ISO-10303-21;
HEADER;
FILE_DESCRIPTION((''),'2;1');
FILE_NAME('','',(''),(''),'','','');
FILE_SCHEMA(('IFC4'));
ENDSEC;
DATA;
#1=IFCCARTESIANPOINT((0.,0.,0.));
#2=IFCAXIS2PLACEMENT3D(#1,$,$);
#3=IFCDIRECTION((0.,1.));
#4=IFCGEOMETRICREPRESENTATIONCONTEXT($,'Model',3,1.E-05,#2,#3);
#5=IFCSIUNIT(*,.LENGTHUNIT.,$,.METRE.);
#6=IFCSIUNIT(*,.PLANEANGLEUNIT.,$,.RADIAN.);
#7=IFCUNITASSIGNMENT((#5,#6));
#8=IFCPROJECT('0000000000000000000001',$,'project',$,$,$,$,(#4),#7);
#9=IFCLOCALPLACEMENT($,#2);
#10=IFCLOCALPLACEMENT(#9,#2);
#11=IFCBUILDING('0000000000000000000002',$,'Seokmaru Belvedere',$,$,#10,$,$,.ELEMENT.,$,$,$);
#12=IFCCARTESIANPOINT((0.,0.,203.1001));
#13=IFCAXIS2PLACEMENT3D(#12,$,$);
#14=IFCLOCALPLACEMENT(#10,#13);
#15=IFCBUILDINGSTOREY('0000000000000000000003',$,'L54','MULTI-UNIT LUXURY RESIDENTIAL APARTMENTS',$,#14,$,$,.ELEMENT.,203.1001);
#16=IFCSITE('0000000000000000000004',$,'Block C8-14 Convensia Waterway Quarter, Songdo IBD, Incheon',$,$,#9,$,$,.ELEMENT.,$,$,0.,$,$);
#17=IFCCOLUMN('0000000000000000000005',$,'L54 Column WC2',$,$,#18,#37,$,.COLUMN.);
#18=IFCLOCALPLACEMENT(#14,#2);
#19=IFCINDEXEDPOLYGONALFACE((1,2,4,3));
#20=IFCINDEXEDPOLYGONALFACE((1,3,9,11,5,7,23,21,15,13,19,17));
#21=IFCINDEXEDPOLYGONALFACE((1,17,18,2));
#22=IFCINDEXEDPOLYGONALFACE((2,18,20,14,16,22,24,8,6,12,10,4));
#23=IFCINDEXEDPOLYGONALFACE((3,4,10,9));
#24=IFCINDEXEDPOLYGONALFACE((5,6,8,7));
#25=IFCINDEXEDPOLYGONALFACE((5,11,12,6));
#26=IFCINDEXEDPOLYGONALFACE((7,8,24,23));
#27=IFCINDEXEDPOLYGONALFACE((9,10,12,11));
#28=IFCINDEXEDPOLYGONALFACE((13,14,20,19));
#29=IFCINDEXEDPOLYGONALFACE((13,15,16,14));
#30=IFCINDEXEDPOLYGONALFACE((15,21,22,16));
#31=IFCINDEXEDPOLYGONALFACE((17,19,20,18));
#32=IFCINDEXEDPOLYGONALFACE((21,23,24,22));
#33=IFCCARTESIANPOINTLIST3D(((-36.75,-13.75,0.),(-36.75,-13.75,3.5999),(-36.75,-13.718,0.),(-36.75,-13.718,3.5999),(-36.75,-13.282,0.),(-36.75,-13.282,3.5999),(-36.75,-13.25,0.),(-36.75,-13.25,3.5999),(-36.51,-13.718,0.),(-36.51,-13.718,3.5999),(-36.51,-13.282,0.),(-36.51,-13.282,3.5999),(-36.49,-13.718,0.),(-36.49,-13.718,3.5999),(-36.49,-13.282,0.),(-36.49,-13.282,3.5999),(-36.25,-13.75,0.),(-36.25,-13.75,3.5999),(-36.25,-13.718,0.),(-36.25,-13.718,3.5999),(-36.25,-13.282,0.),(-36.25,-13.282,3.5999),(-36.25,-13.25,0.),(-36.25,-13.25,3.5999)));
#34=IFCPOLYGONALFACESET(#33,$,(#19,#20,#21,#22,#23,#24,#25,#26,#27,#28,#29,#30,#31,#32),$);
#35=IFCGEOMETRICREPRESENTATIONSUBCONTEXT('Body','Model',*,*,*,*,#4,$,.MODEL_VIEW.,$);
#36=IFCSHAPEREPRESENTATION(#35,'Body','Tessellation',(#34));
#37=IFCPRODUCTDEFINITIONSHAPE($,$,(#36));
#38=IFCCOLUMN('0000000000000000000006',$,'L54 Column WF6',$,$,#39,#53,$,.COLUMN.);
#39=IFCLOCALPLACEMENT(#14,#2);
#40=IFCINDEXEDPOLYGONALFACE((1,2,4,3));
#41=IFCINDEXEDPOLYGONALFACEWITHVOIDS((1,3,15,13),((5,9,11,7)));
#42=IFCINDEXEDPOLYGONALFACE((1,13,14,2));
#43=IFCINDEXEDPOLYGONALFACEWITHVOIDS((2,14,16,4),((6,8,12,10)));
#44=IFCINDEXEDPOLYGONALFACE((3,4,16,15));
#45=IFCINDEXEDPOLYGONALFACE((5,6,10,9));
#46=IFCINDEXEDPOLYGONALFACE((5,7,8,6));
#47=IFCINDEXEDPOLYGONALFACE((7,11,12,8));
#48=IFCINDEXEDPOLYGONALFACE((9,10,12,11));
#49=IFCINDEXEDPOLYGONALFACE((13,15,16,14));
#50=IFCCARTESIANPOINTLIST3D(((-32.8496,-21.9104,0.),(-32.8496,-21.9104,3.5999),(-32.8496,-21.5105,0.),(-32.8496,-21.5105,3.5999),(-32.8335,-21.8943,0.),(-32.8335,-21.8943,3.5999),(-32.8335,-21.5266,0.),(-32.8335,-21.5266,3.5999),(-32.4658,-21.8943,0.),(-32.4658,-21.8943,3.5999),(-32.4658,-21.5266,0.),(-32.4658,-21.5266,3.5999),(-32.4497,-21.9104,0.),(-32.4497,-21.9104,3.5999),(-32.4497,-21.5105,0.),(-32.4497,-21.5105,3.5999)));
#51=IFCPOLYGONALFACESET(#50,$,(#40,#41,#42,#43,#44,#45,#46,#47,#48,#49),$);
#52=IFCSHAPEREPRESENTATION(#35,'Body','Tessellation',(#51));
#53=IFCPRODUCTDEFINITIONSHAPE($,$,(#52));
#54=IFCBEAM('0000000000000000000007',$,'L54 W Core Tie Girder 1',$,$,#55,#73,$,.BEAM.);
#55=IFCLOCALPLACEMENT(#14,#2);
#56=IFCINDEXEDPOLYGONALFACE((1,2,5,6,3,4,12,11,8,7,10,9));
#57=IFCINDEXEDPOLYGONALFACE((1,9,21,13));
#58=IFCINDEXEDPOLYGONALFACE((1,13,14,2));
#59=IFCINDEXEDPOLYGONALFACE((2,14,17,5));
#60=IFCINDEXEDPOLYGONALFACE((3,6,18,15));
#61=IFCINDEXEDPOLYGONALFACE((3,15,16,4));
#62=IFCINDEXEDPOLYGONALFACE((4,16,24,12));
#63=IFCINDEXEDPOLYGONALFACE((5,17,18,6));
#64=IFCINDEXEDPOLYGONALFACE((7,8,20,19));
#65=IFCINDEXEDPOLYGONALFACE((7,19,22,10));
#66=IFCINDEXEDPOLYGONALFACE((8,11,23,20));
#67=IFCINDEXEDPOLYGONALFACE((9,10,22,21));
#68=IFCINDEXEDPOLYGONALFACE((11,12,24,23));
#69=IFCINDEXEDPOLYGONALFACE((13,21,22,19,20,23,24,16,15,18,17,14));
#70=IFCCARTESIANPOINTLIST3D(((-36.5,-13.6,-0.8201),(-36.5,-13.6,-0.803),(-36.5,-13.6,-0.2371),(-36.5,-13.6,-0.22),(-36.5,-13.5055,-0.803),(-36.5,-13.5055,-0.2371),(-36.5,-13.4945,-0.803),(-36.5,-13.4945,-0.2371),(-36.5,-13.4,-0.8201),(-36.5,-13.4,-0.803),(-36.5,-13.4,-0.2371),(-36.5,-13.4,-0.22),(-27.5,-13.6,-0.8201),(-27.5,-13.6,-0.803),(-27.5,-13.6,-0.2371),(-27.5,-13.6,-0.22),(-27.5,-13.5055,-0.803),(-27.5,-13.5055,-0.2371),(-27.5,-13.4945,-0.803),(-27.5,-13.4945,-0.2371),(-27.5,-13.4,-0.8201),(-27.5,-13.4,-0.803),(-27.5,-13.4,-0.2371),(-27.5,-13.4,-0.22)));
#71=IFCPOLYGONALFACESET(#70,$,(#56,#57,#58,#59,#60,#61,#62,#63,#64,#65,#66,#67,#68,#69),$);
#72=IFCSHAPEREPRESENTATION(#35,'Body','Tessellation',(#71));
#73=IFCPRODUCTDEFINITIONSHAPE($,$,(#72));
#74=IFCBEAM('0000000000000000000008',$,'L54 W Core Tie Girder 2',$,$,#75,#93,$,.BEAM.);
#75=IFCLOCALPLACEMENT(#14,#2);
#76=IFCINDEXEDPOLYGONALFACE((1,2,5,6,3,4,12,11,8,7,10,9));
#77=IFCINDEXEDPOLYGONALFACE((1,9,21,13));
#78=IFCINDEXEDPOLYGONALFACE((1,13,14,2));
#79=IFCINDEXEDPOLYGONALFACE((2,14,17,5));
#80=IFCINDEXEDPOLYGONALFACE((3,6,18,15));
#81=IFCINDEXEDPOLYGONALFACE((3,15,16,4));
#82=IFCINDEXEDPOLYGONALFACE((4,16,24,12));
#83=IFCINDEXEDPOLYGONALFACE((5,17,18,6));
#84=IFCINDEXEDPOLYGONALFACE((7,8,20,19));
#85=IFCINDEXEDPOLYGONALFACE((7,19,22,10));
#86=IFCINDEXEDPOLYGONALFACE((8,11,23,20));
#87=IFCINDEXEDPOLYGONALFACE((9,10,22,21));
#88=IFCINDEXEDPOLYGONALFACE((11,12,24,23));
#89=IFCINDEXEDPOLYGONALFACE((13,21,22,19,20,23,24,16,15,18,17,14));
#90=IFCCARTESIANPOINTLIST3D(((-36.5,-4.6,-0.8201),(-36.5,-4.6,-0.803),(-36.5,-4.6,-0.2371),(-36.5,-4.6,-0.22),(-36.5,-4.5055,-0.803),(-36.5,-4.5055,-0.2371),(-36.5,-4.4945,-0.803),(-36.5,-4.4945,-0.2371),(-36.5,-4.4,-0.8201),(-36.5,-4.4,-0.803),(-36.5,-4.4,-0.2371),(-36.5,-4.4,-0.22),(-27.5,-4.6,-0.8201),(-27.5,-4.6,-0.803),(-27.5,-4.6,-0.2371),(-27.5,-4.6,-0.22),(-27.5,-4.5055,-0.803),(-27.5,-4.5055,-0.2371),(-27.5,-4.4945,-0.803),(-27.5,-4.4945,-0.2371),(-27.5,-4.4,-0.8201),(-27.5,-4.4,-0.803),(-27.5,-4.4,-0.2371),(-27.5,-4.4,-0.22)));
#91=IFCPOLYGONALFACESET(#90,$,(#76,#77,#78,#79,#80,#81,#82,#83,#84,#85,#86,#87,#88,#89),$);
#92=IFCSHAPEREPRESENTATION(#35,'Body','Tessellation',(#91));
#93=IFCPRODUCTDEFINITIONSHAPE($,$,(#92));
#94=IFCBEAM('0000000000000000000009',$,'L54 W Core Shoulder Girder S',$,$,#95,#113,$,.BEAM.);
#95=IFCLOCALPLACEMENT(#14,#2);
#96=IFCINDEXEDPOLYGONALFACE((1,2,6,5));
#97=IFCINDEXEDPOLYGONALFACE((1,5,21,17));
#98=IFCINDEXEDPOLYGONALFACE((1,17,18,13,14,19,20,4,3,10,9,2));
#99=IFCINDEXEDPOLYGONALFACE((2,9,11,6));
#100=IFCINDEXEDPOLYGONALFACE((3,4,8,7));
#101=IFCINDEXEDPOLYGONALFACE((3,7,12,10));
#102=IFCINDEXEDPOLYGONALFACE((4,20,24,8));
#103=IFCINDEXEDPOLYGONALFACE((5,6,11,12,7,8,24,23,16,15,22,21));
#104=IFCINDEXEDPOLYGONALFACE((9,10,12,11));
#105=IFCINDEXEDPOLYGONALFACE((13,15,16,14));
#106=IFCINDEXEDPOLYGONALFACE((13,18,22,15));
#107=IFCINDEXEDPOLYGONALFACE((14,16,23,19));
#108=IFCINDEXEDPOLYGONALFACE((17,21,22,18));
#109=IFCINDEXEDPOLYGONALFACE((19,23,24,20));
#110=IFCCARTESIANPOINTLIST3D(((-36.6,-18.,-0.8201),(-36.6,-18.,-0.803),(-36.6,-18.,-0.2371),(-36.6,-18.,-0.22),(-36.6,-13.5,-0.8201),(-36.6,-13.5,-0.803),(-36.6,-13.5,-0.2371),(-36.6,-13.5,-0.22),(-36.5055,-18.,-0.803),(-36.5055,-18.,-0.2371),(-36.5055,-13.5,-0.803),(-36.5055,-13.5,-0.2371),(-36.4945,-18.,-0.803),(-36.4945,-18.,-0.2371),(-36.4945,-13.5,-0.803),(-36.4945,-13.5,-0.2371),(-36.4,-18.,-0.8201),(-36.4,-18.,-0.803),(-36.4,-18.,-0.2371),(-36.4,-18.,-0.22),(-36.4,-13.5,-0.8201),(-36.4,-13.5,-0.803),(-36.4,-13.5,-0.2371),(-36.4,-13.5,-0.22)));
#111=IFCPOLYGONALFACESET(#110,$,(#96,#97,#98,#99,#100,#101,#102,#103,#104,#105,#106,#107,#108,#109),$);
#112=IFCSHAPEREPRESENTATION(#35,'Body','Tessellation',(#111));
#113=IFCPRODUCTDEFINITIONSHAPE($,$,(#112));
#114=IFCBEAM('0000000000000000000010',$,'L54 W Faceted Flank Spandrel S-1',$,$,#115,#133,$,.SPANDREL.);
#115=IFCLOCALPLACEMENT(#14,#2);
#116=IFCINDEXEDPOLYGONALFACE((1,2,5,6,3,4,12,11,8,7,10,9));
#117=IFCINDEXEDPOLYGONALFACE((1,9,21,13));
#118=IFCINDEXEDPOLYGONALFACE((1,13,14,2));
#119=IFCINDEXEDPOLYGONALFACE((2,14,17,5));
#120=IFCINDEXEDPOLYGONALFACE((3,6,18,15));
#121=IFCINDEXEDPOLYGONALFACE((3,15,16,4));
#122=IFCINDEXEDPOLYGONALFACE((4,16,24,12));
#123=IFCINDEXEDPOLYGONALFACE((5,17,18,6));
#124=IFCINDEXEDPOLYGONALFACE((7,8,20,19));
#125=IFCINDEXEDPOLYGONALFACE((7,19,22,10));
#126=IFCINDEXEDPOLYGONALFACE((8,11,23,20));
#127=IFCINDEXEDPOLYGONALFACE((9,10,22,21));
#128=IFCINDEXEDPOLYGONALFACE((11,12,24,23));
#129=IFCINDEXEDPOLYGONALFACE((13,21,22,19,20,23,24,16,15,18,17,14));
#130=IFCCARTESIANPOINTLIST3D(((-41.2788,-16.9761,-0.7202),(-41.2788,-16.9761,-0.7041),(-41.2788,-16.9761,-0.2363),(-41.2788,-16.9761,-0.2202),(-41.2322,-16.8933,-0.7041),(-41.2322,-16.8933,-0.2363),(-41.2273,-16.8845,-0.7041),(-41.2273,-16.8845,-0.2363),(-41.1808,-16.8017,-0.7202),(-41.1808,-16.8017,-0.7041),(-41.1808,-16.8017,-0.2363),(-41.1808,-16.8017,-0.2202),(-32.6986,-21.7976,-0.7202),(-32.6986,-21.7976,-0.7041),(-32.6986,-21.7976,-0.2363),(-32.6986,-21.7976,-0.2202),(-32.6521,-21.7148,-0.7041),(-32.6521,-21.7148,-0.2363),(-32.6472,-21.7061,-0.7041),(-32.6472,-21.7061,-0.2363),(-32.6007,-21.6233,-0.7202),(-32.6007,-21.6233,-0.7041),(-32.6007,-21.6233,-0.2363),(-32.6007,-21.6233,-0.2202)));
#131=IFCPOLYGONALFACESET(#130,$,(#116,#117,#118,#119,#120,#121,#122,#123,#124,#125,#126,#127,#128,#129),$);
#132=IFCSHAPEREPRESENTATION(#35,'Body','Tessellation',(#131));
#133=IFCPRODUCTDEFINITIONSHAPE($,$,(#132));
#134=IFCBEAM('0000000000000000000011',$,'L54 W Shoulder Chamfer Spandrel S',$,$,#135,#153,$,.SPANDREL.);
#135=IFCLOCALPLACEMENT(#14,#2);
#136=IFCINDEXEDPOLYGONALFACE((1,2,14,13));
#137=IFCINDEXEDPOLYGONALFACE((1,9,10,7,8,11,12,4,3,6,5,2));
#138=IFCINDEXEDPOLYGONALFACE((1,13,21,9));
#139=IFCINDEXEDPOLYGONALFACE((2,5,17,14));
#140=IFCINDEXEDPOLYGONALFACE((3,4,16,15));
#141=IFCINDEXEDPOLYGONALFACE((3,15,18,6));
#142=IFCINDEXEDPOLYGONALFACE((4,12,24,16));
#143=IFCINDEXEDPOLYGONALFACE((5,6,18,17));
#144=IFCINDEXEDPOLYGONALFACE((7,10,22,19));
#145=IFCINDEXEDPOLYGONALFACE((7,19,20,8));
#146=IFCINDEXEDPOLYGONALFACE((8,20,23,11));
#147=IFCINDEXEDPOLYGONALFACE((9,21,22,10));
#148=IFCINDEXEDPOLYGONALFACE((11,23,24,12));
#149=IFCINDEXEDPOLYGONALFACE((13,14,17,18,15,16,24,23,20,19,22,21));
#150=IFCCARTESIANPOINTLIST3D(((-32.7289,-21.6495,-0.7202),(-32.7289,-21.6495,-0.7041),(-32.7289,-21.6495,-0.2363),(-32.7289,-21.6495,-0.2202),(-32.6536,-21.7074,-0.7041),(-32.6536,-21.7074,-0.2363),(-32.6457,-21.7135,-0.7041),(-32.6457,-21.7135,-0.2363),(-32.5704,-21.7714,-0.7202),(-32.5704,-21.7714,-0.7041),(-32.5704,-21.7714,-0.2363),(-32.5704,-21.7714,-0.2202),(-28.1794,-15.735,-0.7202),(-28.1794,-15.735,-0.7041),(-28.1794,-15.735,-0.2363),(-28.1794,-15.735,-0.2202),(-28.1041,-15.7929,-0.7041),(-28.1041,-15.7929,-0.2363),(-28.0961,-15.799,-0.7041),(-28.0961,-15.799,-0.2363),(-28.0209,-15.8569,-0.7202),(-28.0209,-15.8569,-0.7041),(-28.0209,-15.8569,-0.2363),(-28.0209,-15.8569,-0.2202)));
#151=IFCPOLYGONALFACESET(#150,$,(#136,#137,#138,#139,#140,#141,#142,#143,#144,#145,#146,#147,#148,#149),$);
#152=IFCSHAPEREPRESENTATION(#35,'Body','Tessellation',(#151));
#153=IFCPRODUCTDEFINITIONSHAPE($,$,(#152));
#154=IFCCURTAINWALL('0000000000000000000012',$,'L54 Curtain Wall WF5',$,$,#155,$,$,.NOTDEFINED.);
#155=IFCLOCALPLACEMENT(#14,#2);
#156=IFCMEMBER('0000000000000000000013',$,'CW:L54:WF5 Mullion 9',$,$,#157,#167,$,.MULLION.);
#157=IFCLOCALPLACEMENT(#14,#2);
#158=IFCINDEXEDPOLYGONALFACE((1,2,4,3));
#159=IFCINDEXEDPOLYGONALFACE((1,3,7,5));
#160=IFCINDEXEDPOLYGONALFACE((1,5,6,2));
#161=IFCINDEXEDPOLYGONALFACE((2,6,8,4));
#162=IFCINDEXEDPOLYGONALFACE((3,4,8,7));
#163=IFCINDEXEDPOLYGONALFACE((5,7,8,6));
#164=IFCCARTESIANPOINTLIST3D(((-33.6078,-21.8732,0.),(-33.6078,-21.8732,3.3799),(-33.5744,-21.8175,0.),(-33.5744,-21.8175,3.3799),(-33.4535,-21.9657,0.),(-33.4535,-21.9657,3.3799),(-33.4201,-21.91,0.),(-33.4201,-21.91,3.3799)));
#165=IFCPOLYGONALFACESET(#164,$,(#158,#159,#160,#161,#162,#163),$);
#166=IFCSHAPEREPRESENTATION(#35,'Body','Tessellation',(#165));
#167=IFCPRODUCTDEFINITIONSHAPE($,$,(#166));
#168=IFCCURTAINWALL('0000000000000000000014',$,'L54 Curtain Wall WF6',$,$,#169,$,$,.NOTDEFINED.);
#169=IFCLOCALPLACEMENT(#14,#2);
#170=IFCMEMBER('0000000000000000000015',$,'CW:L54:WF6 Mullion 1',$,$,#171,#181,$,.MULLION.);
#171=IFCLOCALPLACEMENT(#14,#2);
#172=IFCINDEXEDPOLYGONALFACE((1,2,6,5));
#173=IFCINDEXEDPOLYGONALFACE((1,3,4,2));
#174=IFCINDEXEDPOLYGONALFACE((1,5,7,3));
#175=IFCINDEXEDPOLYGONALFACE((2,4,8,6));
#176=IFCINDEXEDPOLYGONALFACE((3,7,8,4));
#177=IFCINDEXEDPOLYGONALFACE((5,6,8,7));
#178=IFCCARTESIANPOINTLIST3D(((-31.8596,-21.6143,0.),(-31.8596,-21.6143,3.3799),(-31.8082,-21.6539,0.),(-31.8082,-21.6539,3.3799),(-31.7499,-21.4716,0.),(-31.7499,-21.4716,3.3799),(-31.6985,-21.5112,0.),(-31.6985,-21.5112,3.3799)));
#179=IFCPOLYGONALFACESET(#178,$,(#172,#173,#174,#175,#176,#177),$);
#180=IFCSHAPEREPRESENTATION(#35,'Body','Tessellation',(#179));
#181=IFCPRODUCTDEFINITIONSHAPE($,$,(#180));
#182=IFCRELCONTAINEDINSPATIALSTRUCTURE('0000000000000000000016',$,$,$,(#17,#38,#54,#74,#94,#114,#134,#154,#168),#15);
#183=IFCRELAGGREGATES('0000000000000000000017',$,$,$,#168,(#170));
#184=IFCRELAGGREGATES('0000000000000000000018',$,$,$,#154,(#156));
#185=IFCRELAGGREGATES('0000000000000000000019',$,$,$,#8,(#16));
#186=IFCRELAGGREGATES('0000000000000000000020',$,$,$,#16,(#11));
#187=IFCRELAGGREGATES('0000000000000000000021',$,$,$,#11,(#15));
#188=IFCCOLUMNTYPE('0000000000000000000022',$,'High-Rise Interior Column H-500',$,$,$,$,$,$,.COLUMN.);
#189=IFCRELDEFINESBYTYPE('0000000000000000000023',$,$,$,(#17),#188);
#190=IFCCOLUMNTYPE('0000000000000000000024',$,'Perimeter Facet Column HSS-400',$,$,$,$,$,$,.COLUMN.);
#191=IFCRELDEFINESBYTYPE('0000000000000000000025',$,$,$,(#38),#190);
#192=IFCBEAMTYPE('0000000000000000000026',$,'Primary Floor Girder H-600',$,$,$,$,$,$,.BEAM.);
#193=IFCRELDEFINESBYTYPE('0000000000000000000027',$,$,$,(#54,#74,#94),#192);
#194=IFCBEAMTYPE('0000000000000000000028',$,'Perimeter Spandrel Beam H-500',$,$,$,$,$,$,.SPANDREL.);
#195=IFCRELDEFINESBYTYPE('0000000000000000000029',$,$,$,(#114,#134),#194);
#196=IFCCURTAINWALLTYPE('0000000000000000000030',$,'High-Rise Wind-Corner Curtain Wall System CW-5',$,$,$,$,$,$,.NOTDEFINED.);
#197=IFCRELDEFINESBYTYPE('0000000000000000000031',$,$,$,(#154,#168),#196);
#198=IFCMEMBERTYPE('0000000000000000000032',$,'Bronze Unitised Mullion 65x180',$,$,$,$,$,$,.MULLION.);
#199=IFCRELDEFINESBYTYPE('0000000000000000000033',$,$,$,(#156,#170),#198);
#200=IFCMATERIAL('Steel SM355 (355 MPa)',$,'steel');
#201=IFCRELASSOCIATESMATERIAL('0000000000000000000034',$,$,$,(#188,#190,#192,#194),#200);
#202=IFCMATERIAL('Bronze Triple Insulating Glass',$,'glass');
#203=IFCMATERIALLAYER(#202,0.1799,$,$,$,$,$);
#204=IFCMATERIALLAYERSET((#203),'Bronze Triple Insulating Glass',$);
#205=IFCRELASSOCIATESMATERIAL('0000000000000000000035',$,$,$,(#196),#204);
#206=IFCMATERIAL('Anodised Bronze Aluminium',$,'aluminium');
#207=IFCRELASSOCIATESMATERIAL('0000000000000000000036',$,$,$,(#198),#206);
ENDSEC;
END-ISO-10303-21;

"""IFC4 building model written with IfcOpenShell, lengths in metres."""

from ifc_helpers import new_model, si_unit, direction, frame, origin, origin_2d, place, context, subcontext, project, spatial, rectangle, hollow_rectangle, i_section, extrude, source, transform, mapped, material, layer, layer_set, material_profile, profile_set, type_object, type_shapes, element, aggregate, save


model = new_model("IFC4")

# Units and contexts
model_context = context("Model", 3, precision=1e-05, world=origin(), true_north=direction((0.0, 1.0)))
body_context = subcontext(model_context, "Body", "Model", "MODEL_VIEW")
ifc_project = project(units=[si_unit("LENGTHUNIT", "METRE"), si_unit("PLANEANGLEUNIT", "RADIAN")], contexts=[model_context])

# Site, building, storey
site_placement = place(None, origin())
site = spatial("IfcSite", under=ifc_project, at=site_placement, Name="Block C8-14 Convensia Waterway Quarter, Songdo IBD, Incheon", CompositionType="ELEMENT", RefElevation=0.0)
building_placement = place(site_placement, origin())
building = spatial("IfcBuilding", under=site, at=building_placement, Name="Seokmaru Belvedere", CompositionType="ELEMENT")
storey_placement = place(building_placement, frame((0.0, 0.0, 203.1001)))
storey = spatial("IfcBuildingStorey", under=building, at=storey_placement, Name="L54", Description="MULTI-UNIT LUXURY RESIDENTIAL APARTMENTS", CompositionType="ELEMENT", Elevation=203.1001)

# Columns
ifc_material_1 = material(Name="Steel SM355 (355 MPa)", Category="steel")
ifc_material_profile_1 = material_profile(ifc_material_1, i_section(OverallWidth=0.5, OverallDepth=0.5, WebThickness=0.02, FlangeThickness=0.032, at=origin_2d()), Name="H-500x500x20x32")
ifc_profile_set_1 = profile_set([ifc_material_profile_1], Name="Steel SM355 (355 MPa)")
column_type_1 = type_object("IfcColumnType", Name="High-Rise Interior Column H-500", PredefinedType="COLUMN", material=ifc_profile_set_1)
shared_shape_1 = source(origin(), body_context, "Body", "SweptSolid", [
    extrude(i_section(OverallWidth=0.5, OverallDepth=0.5, WebThickness=0.02, FlangeThickness=0.032, at=origin_2d()), origin(), (0.0, 0.0, 1.0), 3.5999),
])
type_shapes(column_type_1, [shared_shape_1])
column_1_placement = place(storey_placement, frame((-36.5, -13.5, 0.0), z_axis=(0.0, 0.0, 1.0), x_axis=(1.0, 0.0, 0.0)))
element("IfcColumn", 1, at=column_1_placement, inside=storey, type_object=column_type_1, Name="L54 Column WC2", PredefinedType="COLUMN", context=body_context, shape_type="MappedRepresentation", body=[
    mapped(shared_shape_1, transform((0.0, 0.0, 0.0), scale=1.0)),
])
ifc_material_profile_2 = material_profile(ifc_material_1, hollow_rectangle(XDim=0.3999, YDim=0.3999, WallThickness=0.0161, at=origin_2d()), Name="HSS-400x400x16")
ifc_profile_set_2 = profile_set([ifc_material_profile_2], Name="Steel SM355 (355 MPa)")
column_type_2 = type_object("IfcColumnType", Name="Perimeter Facet Column HSS-400", PredefinedType="COLUMN", material=ifc_profile_set_2)
shared_shape_2 = source(origin(), body_context, "Body", "SweptSolid", [
    extrude(hollow_rectangle(XDim=0.3999, YDim=0.3999, WallThickness=0.0161, at=origin_2d()), origin(), (0.0, 0.0, 1.0), 3.5999),
])
type_shapes(column_type_2, [shared_shape_2])
column_2_placement = place(storey_placement, frame((-32.6497, -21.7104, 0.0), z_axis=(0.0, 0.0, 1.0), x_axis=(1.0, 0.0, 0.0)))
element("IfcColumn", 2, at=column_2_placement, inside=storey, type_object=column_type_2, Name="L54 Column WF6", PredefinedType="COLUMN", context=body_context, shape_type="MappedRepresentation", body=[
    mapped(shared_shape_2, transform((0.0, 0.0, 0.0), scale=1.0)),
])

# Beams
ifc_material_profile_3 = material_profile(ifc_material_1, i_section(OverallWidth=0.2, OverallDepth=0.6001, WebThickness=0.011, FlangeThickness=0.0171, at=origin_2d()), Name="H-600x200x11x17")
ifc_profile_set_3 = profile_set([ifc_material_profile_3], Name="Steel SM355 (355 MPa)")
beam_type_1 = type_object("IfcBeamType", Name="Primary Floor Girder H-600", PredefinedType="BEAM", material=ifc_profile_set_3)
shared_shape_3 = source(origin(), body_context, "Body", "SweptSolid", [
    extrude(i_section(OverallWidth=0.2, OverallDepth=0.6001, WebThickness=0.011, FlangeThickness=0.0171, at=origin_2d()), origin(), (0.0, 0.0, 1.0), 9.0),
])
for number, where, z_axis, x_axis, name in (
    (3, (-36.5, -13.5, -0.52), (1.0, 0.0, 0.0), (0.0, 1.0, 0.0), "L54 W Core Tie Girder 1"),
    (4, (-36.5, -4.5, -0.52), (1.0, 0.0, 0.0), (0.0, 1.0, 0.0), "L54 W Core Tie Girder 2"),
):
    element("IfcBeam", number, at=place(storey_placement, frame(where, z_axis=z_axis, x_axis=x_axis)), inside=storey, type_object=beam_type_1, Name=name, PredefinedType="BEAM", context=body_context, shape_type="MappedRepresentation", body=[
        mapped(shared_shape_3, transform((0.0, 0.0, 0.0), scale=1.0)),
    ])
shared_shape_4 = source(origin(), body_context, "Body", "SweptSolid", [
    extrude(i_section(OverallWidth=0.2, OverallDepth=0.6001, WebThickness=0.011, FlangeThickness=0.0171, at=origin_2d()), origin(), (0.0, 0.0, 1.0), 4.5),
])
type_shapes(beam_type_1, [shared_shape_3, shared_shape_4])
beam_1_placement = place(storey_placement, frame((-36.5, -18.0, -0.52), z_axis=(0.0, 1.0, 0.0), x_axis=(-1.0, 0.0, 0.0)))
element("IfcBeam", 5, at=beam_1_placement, inside=storey, type_object=beam_type_1, Name="L54 W Core Shoulder Girder S", PredefinedType="BEAM", context=body_context, shape_type="MappedRepresentation", body=[
    mapped(shared_shape_4, transform((0.0, 0.0, 0.0), scale=1.0)),
])
ifc_material_profile_4 = material_profile(ifc_material_1, i_section(OverallWidth=0.2, OverallDepth=0.5, WebThickness=0.01, FlangeThickness=0.0161, at=origin_2d()), Name="H-500x200x10x16")
ifc_profile_set_4 = profile_set([ifc_material_profile_4], Name="Steel SM355 (355 MPa)")
beam_type_2 = type_object("IfcBeamType", Name="Perimeter Spandrel Beam H-500", PredefinedType="SPANDREL", material=ifc_profile_set_4)
shared_shape_5 = source(origin(), body_context, "Body", "SweptSolid", [
    extrude(i_section(OverallWidth=0.2, OverallDepth=0.5, WebThickness=0.01, FlangeThickness=0.0161, at=origin_2d()), origin(), (0.0, 0.0, 1.0), 9.842),
])
beam_2_placement = place(storey_placement, frame((-32.6497, -21.7104, -0.4702), z_axis=(-0.871782, 0.489894, 0.0), x_axis=(-0.489894, -0.871782, 0.0)))
element("IfcBeam", 6, at=beam_2_placement, inside=storey, type_object=beam_type_2, Name="L54 W Faceted Flank Spandrel S-1", PredefinedType="SPANDREL", context=body_context, shape_type="MappedRepresentation", body=[
    mapped(shared_shape_5, transform((0.0, 0.0, 0.0), scale=1.0)),
])
shared_shape_6 = source(origin(), body_context, "Body", "SweptSolid", [
    extrude(i_section(OverallWidth=0.2, OverallDepth=0.5, WebThickness=0.01, FlangeThickness=0.0161, at=origin_2d()), origin(), (0.0, 0.0, 1.0), 7.4619),
])
type_shapes(beam_type_2, [shared_shape_5, shared_shape_6])
beam_3_placement = place(storey_placement, frame((-32.6497, -21.7104, -0.4702), z_axis=(0.609703, 0.79263, 0.0), x_axis=(-0.79263, 0.609703, 0.0)))
element("IfcBeam", 7, at=beam_3_placement, inside=storey, type_object=beam_type_2, Name="L54 W Shoulder Chamfer Spandrel S", PredefinedType="SPANDREL", context=body_context, shape_type="MappedRepresentation", body=[
    mapped(shared_shape_6, transform((0.0, 0.0, 0.0), scale=1.0)),
])

# Curtain walls, members
ifc_material_2 = material(Name="Bronze Triple Insulating Glass", Category="glass")
ifc_layer_1 = layer(ifc_material_2, 0.1799)
ifc_layer_set_1 = layer_set([ifc_layer_1], Name="Bronze Triple Insulating Glass")
curtain_wall_type = type_object("IfcCurtainWallType", Name="High-Rise Wind-Corner Curtain Wall System CW-5", PredefinedType="NOTDEFINED", material=ifc_layer_set_1)
curtain_wall_1_placement = place(storey_placement, origin())
curtain_wall_1 = element("IfcCurtainWall", 8, at=curtain_wall_1_placement, inside=storey, type_object=curtain_wall_type, Name="L54 Curtain Wall WF5", PredefinedType="NOTDEFINED")
ifc_material_3 = material(Name="Anodised Bronze Aluminium", Category="aluminium")
ifc_material_profile_5 = material_profile(ifc_material_3, rectangle(XDim=0.0649, YDim=0.1799, at=origin_2d()), Name="CW-M-65x180")
ifc_profile_set_5 = profile_set([ifc_material_profile_5], Name="Anodised Bronze Aluminium")
member_type = type_object("IfcMemberType", Name="Bronze Unitised Mullion 65x180", PredefinedType="MULLION", material=ifc_profile_set_5)
shared_shape_7 = source(origin(), body_context, "Body", "SweptSolid", [
    extrude(rectangle(XDim=0.0649, YDim=0.1799, at=origin_2d()), origin(), (0.0, 0.0, 1.0), 3.3799),
])
type_shapes(member_type, [shared_shape_7])
member_1_placement = place(storey_placement, frame((-33.5139, -21.8916, 0.0), z_axis=(0.0, 0.0, 1.0), x_axis=(0.514495, 0.857493, 0.0)))
member_1 = element("IfcMember", 9, at=member_1_placement, type_object=member_type, Name="CW:L54:WF5 Mullion 9", PredefinedType="MULLION", context=body_context, shape_type="MappedRepresentation", body=[
    mapped(shared_shape_7, transform((0.0, 0.0, 0.0), scale=1.0)),
])
curtain_wall_2_placement = place(storey_placement, origin())
curtain_wall_2 = element("IfcCurtainWall", 10, at=curtain_wall_2_placement, inside=storey, type_object=curtain_wall_type, Name="L54 Curtain Wall WF6", PredefinedType="NOTDEFINED")
member_2_placement = place(storey_placement, frame((-31.7791, -21.5627, 0.0), z_axis=(0.0, 0.0, 1.0), x_axis=(-0.792631, 0.609701, 0.0)))
member_2 = element("IfcMember", 11, at=member_2_placement, type_object=member_type, Name="CW:L54:WF6 Mullion 1", PredefinedType="MULLION", context=body_context, shape_type="MappedRepresentation", body=[
    mapped(shared_shape_7, transform((0.0, 0.0, 0.0), scale=1.0)),
])
aggregate(curtain_wall_2, [member_2])

aggregate(curtain_wall_1, [member_1])

save(model, "model.ifc")
